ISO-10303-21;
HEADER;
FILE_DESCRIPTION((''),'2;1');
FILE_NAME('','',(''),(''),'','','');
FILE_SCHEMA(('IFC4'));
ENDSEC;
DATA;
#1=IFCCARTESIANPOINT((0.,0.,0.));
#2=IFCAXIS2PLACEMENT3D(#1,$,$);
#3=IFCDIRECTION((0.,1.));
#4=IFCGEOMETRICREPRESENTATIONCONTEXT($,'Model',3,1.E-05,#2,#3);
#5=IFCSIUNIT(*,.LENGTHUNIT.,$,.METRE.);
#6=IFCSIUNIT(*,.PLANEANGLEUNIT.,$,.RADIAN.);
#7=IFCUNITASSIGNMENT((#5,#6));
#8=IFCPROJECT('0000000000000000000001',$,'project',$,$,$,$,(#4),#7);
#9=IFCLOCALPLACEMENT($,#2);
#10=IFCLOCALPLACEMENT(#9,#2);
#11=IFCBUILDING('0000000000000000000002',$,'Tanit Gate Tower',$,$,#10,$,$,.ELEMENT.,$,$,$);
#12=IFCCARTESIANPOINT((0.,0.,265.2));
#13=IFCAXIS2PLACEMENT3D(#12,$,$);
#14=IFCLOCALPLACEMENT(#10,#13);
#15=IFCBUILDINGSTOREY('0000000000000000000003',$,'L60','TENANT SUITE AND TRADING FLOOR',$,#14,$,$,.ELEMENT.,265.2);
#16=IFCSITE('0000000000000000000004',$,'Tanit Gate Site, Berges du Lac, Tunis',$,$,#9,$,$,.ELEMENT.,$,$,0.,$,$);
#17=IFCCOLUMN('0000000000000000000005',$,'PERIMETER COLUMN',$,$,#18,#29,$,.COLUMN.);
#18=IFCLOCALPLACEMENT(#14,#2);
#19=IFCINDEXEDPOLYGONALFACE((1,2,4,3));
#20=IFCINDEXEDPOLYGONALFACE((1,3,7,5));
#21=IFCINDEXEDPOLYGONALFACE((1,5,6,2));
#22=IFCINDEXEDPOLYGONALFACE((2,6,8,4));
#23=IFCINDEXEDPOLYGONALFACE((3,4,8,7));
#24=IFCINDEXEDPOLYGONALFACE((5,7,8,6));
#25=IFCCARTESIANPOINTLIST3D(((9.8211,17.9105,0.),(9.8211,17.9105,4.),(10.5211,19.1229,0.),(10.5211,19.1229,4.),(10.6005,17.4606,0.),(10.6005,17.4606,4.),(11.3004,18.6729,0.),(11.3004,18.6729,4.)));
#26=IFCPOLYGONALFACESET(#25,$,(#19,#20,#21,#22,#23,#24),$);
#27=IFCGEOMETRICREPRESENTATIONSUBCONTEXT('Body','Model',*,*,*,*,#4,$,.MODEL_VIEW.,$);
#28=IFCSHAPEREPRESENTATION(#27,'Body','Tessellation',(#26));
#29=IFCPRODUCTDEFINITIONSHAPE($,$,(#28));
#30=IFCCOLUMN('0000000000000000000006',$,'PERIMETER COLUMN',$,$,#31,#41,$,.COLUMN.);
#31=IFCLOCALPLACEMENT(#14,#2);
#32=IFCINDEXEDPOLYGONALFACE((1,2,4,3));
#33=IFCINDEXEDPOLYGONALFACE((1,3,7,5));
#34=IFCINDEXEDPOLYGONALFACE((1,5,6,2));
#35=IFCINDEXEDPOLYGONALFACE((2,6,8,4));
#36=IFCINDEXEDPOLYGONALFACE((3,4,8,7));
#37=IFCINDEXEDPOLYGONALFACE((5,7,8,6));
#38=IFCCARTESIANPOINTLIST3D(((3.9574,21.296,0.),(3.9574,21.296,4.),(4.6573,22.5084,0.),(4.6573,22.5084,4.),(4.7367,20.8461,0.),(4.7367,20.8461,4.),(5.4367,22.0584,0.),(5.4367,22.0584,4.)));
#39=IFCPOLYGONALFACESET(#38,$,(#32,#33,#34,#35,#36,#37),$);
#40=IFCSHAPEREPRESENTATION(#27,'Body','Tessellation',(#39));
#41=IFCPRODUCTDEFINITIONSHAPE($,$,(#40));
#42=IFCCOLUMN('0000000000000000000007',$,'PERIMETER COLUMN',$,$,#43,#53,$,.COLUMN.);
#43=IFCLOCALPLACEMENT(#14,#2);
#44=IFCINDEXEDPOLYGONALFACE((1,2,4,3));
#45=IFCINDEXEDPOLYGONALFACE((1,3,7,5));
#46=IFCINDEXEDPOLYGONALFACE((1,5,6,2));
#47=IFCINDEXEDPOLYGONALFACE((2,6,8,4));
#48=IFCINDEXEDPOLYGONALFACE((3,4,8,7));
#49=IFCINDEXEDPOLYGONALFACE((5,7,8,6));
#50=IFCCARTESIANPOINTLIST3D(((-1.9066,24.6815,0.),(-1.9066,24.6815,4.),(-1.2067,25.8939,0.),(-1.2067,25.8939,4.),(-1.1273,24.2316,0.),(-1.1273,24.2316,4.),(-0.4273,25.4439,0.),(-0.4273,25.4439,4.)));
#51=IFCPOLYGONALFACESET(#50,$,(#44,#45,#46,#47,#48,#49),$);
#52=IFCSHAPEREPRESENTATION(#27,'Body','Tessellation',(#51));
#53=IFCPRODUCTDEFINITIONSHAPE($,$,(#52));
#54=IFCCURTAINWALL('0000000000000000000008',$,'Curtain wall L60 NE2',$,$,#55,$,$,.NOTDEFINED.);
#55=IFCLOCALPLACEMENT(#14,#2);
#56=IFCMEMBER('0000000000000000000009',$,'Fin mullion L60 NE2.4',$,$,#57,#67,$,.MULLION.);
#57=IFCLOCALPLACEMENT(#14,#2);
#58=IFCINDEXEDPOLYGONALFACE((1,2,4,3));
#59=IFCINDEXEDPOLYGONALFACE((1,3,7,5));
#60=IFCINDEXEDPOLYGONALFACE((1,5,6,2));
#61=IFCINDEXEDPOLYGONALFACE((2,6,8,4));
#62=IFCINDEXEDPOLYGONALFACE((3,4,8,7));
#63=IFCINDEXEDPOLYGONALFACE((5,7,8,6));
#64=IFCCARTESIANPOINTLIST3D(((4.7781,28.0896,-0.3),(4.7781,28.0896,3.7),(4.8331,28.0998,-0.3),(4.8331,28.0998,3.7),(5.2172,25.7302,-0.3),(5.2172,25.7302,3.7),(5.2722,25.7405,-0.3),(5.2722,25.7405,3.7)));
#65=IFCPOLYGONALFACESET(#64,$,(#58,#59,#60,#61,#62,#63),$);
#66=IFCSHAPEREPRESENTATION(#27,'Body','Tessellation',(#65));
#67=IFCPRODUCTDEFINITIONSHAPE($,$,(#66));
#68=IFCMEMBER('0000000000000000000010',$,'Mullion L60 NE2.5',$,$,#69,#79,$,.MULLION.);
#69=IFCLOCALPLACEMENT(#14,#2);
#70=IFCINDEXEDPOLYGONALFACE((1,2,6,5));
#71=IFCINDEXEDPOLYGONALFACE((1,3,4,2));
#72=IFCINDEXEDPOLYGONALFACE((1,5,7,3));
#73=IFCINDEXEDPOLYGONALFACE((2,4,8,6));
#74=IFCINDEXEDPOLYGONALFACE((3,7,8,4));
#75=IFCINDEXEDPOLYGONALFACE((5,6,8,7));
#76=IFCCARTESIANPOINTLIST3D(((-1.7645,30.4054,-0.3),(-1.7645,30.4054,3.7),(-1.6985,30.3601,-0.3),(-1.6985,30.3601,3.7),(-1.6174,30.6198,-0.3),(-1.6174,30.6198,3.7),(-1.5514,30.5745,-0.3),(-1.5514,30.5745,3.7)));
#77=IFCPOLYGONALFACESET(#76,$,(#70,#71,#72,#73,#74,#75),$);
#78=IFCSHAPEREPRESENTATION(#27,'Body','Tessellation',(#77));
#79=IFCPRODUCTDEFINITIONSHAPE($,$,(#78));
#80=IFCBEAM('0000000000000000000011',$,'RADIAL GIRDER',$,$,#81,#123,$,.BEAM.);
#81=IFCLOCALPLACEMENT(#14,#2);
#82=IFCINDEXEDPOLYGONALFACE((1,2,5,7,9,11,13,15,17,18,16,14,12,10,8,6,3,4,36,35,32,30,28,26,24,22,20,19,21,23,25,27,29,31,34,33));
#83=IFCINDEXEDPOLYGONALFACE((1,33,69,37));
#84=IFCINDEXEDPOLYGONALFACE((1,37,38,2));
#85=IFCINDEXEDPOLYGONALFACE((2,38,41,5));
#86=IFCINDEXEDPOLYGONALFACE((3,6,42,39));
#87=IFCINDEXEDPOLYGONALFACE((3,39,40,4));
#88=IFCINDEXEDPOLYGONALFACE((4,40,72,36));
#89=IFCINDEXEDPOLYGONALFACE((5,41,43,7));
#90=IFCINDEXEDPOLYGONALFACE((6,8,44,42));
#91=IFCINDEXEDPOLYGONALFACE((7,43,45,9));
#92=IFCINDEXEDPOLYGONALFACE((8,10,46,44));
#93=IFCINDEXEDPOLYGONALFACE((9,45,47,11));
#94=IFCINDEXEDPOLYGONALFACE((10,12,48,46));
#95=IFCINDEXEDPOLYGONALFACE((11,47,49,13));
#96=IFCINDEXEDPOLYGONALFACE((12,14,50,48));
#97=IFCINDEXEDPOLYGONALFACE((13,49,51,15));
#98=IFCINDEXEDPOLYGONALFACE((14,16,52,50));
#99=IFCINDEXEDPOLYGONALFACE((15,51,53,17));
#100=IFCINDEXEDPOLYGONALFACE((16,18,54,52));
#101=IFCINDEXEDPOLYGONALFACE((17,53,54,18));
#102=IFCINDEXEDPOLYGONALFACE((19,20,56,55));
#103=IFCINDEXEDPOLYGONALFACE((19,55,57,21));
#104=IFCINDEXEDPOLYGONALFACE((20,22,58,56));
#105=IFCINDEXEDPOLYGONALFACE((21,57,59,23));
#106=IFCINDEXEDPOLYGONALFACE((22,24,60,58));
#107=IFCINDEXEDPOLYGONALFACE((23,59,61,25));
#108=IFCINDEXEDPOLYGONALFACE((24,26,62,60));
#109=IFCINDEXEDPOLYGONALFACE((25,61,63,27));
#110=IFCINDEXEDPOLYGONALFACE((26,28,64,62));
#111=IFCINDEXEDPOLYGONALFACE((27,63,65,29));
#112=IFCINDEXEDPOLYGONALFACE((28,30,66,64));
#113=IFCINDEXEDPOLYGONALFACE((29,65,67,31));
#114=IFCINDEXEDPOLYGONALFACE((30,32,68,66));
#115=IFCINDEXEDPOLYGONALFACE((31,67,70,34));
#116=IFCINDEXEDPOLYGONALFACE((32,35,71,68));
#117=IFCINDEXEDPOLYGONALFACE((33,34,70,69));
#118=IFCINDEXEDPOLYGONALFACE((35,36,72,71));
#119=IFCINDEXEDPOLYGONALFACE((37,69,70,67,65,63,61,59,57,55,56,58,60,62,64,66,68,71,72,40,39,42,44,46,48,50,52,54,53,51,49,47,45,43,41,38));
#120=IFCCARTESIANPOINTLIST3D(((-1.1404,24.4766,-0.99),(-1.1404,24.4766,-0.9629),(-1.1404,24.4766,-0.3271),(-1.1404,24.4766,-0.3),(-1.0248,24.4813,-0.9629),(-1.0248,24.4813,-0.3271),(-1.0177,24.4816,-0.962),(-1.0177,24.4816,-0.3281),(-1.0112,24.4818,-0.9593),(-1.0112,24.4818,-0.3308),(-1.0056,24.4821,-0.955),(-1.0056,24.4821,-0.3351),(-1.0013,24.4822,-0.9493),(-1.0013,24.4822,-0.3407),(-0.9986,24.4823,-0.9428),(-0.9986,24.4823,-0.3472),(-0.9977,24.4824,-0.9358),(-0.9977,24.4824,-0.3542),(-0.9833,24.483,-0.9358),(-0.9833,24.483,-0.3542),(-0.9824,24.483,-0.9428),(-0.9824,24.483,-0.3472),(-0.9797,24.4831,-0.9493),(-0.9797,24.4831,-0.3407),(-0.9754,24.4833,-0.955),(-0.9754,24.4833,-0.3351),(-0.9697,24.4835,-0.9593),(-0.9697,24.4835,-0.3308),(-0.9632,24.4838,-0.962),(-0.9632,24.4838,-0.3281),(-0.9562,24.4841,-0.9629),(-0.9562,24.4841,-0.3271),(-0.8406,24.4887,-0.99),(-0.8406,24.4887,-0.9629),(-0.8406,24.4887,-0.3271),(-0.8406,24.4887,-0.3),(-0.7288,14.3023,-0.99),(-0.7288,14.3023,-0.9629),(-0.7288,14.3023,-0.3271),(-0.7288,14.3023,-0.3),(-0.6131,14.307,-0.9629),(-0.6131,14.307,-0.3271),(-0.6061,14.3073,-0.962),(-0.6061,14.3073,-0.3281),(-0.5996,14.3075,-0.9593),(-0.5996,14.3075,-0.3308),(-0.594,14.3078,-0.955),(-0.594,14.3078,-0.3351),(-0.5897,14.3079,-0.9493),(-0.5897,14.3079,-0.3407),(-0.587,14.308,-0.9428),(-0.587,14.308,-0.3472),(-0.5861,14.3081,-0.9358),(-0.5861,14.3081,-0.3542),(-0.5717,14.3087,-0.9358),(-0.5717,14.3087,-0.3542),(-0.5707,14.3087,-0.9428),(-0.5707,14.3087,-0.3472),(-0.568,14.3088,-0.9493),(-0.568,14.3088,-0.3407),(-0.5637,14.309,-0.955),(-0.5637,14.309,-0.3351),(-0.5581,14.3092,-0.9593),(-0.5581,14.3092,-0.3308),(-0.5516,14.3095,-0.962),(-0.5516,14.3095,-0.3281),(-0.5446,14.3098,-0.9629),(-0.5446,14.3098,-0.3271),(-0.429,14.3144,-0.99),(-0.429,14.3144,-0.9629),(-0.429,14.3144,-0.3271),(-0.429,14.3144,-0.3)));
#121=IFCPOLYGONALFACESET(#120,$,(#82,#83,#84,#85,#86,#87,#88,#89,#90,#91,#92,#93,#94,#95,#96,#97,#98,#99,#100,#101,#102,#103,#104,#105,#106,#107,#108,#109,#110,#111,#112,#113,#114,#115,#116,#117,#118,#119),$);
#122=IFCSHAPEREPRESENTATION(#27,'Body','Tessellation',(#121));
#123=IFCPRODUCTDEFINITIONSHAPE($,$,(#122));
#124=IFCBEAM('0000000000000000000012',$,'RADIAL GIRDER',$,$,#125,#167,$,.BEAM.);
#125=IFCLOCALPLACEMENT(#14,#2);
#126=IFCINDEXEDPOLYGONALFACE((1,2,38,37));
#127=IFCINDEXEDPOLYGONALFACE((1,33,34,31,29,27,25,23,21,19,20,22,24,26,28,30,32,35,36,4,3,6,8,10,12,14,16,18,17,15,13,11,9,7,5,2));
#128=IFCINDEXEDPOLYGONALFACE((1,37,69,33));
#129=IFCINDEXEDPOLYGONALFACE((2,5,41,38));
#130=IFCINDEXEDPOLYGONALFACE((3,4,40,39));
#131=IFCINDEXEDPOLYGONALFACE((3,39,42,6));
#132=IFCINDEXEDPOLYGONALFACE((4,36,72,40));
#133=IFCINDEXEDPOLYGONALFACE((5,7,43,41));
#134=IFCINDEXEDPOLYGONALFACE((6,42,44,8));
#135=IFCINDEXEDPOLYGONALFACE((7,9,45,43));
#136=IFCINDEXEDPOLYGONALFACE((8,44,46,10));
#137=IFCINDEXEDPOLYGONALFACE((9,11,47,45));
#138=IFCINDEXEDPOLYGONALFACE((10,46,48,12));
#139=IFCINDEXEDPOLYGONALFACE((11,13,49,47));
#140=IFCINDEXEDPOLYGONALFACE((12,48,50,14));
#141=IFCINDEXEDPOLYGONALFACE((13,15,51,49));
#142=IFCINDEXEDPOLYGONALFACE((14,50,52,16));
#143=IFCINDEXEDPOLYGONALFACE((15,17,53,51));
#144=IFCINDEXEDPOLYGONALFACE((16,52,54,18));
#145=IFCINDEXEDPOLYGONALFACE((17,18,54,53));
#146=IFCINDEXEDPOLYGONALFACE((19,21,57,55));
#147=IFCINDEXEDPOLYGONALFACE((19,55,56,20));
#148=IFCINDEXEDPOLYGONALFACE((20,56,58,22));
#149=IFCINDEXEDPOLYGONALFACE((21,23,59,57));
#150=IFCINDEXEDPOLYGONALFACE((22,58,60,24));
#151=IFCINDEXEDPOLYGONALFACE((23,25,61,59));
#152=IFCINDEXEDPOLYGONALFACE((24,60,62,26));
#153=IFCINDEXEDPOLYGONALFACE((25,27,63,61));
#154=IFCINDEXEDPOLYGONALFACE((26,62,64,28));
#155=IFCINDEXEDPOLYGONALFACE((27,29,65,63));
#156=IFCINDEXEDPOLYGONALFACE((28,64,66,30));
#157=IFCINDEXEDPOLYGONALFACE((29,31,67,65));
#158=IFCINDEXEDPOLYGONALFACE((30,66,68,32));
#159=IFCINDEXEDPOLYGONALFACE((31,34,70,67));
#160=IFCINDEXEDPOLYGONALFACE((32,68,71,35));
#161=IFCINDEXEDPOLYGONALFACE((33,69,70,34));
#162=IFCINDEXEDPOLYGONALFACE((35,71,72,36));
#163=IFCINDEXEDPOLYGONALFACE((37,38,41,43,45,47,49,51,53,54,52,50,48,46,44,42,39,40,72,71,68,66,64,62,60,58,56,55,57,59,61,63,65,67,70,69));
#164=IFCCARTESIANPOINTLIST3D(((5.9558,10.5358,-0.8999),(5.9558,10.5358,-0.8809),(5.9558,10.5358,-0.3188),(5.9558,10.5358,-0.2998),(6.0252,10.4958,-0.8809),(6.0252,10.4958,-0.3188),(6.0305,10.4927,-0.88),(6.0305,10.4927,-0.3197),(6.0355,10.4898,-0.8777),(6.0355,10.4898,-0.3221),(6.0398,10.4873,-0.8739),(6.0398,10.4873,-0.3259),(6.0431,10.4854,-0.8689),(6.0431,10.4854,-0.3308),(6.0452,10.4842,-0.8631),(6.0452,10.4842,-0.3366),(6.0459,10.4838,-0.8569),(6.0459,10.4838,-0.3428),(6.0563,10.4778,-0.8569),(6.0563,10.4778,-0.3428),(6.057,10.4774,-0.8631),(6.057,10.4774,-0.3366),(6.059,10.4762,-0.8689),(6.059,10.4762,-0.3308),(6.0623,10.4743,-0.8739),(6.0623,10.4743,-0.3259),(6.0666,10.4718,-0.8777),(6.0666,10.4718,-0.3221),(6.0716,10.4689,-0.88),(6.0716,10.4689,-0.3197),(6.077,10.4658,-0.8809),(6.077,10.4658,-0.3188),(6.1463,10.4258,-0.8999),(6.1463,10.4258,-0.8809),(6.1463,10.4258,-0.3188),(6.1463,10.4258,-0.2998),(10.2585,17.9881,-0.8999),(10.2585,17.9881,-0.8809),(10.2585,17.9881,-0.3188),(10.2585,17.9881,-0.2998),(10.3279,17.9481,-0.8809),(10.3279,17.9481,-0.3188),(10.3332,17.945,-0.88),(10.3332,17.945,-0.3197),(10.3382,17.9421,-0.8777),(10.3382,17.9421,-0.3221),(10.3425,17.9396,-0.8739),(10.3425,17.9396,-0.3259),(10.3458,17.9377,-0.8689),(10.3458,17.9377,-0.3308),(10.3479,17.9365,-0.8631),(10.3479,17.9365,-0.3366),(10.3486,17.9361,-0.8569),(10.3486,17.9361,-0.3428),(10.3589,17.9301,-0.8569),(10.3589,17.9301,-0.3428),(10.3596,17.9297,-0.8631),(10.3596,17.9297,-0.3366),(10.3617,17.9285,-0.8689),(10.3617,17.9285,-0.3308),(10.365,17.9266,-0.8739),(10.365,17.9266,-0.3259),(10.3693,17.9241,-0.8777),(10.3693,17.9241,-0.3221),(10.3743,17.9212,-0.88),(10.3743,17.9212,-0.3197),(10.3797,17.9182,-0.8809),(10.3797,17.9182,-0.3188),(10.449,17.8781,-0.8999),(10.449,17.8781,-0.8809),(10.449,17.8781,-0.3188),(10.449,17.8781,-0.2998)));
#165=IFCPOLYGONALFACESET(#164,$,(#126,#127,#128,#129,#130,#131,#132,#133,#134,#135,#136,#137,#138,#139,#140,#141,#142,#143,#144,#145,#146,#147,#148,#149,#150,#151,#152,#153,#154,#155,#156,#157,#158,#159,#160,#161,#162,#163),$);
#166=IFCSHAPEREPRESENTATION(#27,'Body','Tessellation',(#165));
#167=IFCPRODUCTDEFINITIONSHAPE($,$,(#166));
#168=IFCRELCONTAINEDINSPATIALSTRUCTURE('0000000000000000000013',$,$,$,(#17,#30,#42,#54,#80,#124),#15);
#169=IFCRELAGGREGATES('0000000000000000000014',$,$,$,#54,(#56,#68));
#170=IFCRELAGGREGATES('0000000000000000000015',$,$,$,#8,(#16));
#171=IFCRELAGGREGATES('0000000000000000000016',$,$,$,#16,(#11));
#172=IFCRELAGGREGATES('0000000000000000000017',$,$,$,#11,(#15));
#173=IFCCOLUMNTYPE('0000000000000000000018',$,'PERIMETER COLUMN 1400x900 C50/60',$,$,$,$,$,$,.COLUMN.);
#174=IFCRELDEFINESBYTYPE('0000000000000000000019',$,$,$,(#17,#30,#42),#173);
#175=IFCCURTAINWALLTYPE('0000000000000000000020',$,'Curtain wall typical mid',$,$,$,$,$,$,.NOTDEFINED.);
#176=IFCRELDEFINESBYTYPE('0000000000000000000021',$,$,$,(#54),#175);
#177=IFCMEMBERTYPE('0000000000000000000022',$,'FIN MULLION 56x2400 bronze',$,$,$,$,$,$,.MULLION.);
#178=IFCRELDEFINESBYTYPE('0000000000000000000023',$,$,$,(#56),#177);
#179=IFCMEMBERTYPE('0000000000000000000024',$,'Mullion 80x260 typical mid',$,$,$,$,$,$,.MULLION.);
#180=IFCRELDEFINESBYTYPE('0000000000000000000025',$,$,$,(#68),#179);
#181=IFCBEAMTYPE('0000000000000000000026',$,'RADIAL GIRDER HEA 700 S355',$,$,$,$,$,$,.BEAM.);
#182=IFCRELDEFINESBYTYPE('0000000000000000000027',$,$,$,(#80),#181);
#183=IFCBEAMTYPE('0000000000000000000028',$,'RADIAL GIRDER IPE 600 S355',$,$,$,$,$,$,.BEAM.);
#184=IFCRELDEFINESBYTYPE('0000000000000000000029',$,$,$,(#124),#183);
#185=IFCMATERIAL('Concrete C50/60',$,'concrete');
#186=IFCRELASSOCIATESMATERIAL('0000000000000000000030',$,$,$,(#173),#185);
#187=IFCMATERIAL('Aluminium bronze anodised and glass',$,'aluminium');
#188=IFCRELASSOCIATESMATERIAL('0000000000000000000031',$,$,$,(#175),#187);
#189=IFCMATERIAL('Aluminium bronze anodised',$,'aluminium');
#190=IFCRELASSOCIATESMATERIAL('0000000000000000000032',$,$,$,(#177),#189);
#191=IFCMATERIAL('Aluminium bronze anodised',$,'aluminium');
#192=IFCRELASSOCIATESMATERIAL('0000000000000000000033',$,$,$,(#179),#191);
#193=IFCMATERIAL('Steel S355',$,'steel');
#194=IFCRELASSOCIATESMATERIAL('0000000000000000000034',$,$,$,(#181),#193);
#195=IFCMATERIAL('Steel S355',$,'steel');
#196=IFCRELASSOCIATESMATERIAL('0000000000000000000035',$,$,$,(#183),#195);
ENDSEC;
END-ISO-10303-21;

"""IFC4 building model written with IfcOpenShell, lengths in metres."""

from ifc_helpers import new_model, si_unit, direction, frame, origin, origin_2d, place, context, subcontext, project, spatial, rectangle, i_section, extrude, material, material_profile, profile_set, type_object, element, aggregate, save


model = new_model("IFC4")

# Units and contexts
model_context = context("Model", 3, precision=1e-05, world=origin(), true_north=direction((0.0, 1.0)))
body_context = subcontext(model_context, "Body", "Model", "MODEL_VIEW")
ifc_project = project(units=[si_unit("LENGTHUNIT", "METRE"), si_unit("PLANEANGLEUNIT", "RADIAN")], contexts=[model_context])

# Site, building, storey
site_placement = place(None, origin())
site = spatial("IfcSite", under=ifc_project, at=site_placement, Name="Tanit Gate Site, Berges du Lac, Tunis", CompositionType="ELEMENT", RefElevation=0.0)
building_placement = place(site_placement, origin())
building = spatial("IfcBuilding", under=site, at=building_placement, Name="Tanit Gate Tower", CompositionType="ELEMENT")
storey_placement = place(building_placement, frame((0.0, 0.0, 265.2)))
storey = spatial("IfcBuildingStorey", under=building, at=storey_placement, Name="L60", Description="TENANT SUITE AND TRADING FLOOR", CompositionType="ELEMENT", Elevation=265.2)

# Columns
ifc_material_1 = material(Name="Concrete C50/60", Category="concrete")
ifc_material_profile_1 = material_profile(ifc_material_1, rectangle(XDim=1.3999, YDim=0.8999, at=origin_2d()), Name="RC 1400x900")
ifc_profile_set_1 = profile_set([ifc_material_profile_1], Name="Concrete C50/60")
column_type = type_object("IfcColumnType", Name="PERIMETER COLUMN 1400x900 C50/60", PredefinedType="COLUMN", material=ifc_profile_set_1)
for number, where, z_axis, x_axis, name in (
    (1, (10.5608, 18.2917, 0.0), (0.0, 0.0, 1.0), (0.5, 0.866025, 0.0), "PERIMETER COLUMN"),
    (2, (4.697, 21.6772, 0.0), (0.0, 0.0, 1.0), (0.5, 0.866025, 0.0), "PERIMETER COLUMN"),
    (3, (-1.167, 25.0627, 0.0), (0.0, 0.0, 1.0), (0.5, 0.866025, 0.0), "PERIMETER COLUMN"),
):
    element("IfcColumn", number, at=place(storey_placement, frame(where, z_axis=z_axis, x_axis=x_axis)), inside=storey, type_object=column_type, Name=name, PredefinedType="COLUMN", context=body_context, shape_type="SweptSolid", body=[
        extrude(rectangle(XDim=1.3999, YDim=0.8999, at=origin_2d()), origin(), (0.0, 0.0, 1.0), 4.0),
    ])

# Curtain wall, members
ifc_material_2 = material(Name="Aluminium bronze anodised and glass", Category="aluminium")
curtain_wall_type = type_object("IfcCurtainWallType", Name="Curtain wall typical mid", PredefinedType="NOTDEFINED", material=ifc_material_2)
curtain_wall_1_placement = place(storey_placement, origin())
curtain_wall_1 = element("IfcCurtainWall", 4, at=curtain_wall_1_placement, inside=storey, type_object=curtain_wall_type, Name="Curtain wall L60 NE2", PredefinedType="NOTDEFINED")
ifc_material_3 = material(Name="Aluminium bronze anodised", Category="aluminium")
ifc_material_profile_2 = material_profile(ifc_material_3, rectangle(XDim=2.3999, YDim=0.0559, at=origin_2d()), Name="56x2400 bronze fin mullion")
ifc_profile_set_2 = profile_set([ifc_material_profile_2], Name="Aluminium bronze anodised")
member_type_1 = type_object("IfcMemberType", Name="FIN MULLION 56x2400 bronze", PredefinedType="MULLION", material=ifc_profile_set_2)
member_1_placement = place(storey_placement, frame((5.0251, 26.915, -0.3), z_axis=(0.0, 0.0, 1.0), x_axis=(0.182983, -0.983116, 0.0)))
member_1 = element("IfcMember", 5, at=member_1_placement, type_object=member_type_1, Name="Fin mullion L60 NE2.4", PredefinedType="MULLION", context=body_context, shape_type="SweptSolid", body=[
    extrude(rectangle(XDim=2.3999, YDim=0.0559, at=origin_2d()), origin(), (0.0, 0.0, 1.0), 4.0),
])
ifc_material_4 = material(Name="Aluminium bronze anodised", Category="aluminium")
ifc_material_profile_3 = material_profile(ifc_material_4, rectangle(XDim=0.26, YDim=0.0801, at=origin_2d()), Name="80x260 bronze mullion")
ifc_profile_set_3 = profile_set([ifc_material_profile_3], Name="Aluminium bronze anodised")
member_type_2 = type_object("IfcMemberType", Name="Mullion 80x260 typical mid", PredefinedType="MULLION", material=ifc_profile_set_3)
member_2_placement = place(storey_placement, frame((-1.658, 30.49, -0.3), z_axis=(0.0, 0.0, 1.0), x_axis=(-0.56578, -0.824557, 0.0)))
member_2 = element("IfcMember", 6, at=member_2_placement, type_object=member_type_2, Name="Mullion L60 NE2.5", PredefinedType="MULLION", context=body_context, shape_type="SweptSolid", body=[
    extrude(rectangle(XDim=0.26, YDim=0.0801, at=origin_2d()), origin(), (0.0, 0.0, 1.0), 4.0),
])

# Beams
ifc_material_5 = material(Name="Steel S355", Category="steel")
ifc_material_profile_4 = material_profile(ifc_material_5, i_section(OverallWidth=0.3, OverallDepth=0.6899, WebThickness=0.0144, FlangeThickness=0.0271, FilletRadius=0.0271, at=origin_2d()), Name="HEA 700")
ifc_profile_set_4 = profile_set([ifc_material_profile_4], Name="Steel S355")
beam_type_1 = type_object("IfcBeamType", Name="RADIAL GIRDER HEA 700 S355", PredefinedType="BEAM", material=ifc_profile_set_4)
beam_1_placement = place(storey_placement, frame((-0.9905, 24.4827, -0.645), z_axis=(0.040424, -0.999183, 0.0), x_axis=(0.999183, 0.040424, 0.0)))
element("IfcBeam", 7, at=beam_1_placement, inside=storey, type_object=beam_type_1, Name="RADIAL GIRDER", PredefinedType="BEAM", context=body_context, shape_type="SweptSolid", body=[
    extrude(i_section(OverallWidth=0.3, OverallDepth=0.6899, WebThickness=0.0144, FlangeThickness=0.0271, FilletRadius=0.0271, at=origin_2d()), origin(), (0.0, 0.0, 1.0), 10.1826),
])
ifc_material_6 = material(Name="Steel S355", Category="steel")
ifc_material_profile_5 = material_profile(ifc_material_6, i_section(OverallWidth=0.22, OverallDepth=0.6001, WebThickness=0.012, FlangeThickness=0.019, FilletRadius=0.0239, at=origin_2d()), Name="IPE 600")
ifc_profile_set_5 = profile_set([ifc_material_profile_5], Name="Steel S355")
beam_type_2 = type_object("IfcBeamType", Name="RADIAL GIRDER IPE 600 S355", PredefinedType="BEAM", material=ifc_profile_set_5)
beam_2_placement = place(storey_placement, frame((10.3538, 17.9331, -0.5999), z_axis=(-0.500008, -0.866021, 0.0), x_axis=(0.866021, -0.500008, 0.0)))
element("IfcBeam", 8, at=beam_2_placement, inside=storey, type_object=beam_type_2, Name="RADIAL GIRDER", PredefinedType="BEAM", context=body_context, shape_type="SweptSolid", body=[
    extrude(i_section(OverallWidth=0.22, OverallDepth=0.6001, WebThickness=0.012, FlangeThickness=0.019, FilletRadius=0.0239, at=origin_2d()), origin(), (0.0, 0.0, 1.0), 8.6052),
])

aggregate(curtain_wall_1, [member_1, member_2])

save(model, "model.ifc")
